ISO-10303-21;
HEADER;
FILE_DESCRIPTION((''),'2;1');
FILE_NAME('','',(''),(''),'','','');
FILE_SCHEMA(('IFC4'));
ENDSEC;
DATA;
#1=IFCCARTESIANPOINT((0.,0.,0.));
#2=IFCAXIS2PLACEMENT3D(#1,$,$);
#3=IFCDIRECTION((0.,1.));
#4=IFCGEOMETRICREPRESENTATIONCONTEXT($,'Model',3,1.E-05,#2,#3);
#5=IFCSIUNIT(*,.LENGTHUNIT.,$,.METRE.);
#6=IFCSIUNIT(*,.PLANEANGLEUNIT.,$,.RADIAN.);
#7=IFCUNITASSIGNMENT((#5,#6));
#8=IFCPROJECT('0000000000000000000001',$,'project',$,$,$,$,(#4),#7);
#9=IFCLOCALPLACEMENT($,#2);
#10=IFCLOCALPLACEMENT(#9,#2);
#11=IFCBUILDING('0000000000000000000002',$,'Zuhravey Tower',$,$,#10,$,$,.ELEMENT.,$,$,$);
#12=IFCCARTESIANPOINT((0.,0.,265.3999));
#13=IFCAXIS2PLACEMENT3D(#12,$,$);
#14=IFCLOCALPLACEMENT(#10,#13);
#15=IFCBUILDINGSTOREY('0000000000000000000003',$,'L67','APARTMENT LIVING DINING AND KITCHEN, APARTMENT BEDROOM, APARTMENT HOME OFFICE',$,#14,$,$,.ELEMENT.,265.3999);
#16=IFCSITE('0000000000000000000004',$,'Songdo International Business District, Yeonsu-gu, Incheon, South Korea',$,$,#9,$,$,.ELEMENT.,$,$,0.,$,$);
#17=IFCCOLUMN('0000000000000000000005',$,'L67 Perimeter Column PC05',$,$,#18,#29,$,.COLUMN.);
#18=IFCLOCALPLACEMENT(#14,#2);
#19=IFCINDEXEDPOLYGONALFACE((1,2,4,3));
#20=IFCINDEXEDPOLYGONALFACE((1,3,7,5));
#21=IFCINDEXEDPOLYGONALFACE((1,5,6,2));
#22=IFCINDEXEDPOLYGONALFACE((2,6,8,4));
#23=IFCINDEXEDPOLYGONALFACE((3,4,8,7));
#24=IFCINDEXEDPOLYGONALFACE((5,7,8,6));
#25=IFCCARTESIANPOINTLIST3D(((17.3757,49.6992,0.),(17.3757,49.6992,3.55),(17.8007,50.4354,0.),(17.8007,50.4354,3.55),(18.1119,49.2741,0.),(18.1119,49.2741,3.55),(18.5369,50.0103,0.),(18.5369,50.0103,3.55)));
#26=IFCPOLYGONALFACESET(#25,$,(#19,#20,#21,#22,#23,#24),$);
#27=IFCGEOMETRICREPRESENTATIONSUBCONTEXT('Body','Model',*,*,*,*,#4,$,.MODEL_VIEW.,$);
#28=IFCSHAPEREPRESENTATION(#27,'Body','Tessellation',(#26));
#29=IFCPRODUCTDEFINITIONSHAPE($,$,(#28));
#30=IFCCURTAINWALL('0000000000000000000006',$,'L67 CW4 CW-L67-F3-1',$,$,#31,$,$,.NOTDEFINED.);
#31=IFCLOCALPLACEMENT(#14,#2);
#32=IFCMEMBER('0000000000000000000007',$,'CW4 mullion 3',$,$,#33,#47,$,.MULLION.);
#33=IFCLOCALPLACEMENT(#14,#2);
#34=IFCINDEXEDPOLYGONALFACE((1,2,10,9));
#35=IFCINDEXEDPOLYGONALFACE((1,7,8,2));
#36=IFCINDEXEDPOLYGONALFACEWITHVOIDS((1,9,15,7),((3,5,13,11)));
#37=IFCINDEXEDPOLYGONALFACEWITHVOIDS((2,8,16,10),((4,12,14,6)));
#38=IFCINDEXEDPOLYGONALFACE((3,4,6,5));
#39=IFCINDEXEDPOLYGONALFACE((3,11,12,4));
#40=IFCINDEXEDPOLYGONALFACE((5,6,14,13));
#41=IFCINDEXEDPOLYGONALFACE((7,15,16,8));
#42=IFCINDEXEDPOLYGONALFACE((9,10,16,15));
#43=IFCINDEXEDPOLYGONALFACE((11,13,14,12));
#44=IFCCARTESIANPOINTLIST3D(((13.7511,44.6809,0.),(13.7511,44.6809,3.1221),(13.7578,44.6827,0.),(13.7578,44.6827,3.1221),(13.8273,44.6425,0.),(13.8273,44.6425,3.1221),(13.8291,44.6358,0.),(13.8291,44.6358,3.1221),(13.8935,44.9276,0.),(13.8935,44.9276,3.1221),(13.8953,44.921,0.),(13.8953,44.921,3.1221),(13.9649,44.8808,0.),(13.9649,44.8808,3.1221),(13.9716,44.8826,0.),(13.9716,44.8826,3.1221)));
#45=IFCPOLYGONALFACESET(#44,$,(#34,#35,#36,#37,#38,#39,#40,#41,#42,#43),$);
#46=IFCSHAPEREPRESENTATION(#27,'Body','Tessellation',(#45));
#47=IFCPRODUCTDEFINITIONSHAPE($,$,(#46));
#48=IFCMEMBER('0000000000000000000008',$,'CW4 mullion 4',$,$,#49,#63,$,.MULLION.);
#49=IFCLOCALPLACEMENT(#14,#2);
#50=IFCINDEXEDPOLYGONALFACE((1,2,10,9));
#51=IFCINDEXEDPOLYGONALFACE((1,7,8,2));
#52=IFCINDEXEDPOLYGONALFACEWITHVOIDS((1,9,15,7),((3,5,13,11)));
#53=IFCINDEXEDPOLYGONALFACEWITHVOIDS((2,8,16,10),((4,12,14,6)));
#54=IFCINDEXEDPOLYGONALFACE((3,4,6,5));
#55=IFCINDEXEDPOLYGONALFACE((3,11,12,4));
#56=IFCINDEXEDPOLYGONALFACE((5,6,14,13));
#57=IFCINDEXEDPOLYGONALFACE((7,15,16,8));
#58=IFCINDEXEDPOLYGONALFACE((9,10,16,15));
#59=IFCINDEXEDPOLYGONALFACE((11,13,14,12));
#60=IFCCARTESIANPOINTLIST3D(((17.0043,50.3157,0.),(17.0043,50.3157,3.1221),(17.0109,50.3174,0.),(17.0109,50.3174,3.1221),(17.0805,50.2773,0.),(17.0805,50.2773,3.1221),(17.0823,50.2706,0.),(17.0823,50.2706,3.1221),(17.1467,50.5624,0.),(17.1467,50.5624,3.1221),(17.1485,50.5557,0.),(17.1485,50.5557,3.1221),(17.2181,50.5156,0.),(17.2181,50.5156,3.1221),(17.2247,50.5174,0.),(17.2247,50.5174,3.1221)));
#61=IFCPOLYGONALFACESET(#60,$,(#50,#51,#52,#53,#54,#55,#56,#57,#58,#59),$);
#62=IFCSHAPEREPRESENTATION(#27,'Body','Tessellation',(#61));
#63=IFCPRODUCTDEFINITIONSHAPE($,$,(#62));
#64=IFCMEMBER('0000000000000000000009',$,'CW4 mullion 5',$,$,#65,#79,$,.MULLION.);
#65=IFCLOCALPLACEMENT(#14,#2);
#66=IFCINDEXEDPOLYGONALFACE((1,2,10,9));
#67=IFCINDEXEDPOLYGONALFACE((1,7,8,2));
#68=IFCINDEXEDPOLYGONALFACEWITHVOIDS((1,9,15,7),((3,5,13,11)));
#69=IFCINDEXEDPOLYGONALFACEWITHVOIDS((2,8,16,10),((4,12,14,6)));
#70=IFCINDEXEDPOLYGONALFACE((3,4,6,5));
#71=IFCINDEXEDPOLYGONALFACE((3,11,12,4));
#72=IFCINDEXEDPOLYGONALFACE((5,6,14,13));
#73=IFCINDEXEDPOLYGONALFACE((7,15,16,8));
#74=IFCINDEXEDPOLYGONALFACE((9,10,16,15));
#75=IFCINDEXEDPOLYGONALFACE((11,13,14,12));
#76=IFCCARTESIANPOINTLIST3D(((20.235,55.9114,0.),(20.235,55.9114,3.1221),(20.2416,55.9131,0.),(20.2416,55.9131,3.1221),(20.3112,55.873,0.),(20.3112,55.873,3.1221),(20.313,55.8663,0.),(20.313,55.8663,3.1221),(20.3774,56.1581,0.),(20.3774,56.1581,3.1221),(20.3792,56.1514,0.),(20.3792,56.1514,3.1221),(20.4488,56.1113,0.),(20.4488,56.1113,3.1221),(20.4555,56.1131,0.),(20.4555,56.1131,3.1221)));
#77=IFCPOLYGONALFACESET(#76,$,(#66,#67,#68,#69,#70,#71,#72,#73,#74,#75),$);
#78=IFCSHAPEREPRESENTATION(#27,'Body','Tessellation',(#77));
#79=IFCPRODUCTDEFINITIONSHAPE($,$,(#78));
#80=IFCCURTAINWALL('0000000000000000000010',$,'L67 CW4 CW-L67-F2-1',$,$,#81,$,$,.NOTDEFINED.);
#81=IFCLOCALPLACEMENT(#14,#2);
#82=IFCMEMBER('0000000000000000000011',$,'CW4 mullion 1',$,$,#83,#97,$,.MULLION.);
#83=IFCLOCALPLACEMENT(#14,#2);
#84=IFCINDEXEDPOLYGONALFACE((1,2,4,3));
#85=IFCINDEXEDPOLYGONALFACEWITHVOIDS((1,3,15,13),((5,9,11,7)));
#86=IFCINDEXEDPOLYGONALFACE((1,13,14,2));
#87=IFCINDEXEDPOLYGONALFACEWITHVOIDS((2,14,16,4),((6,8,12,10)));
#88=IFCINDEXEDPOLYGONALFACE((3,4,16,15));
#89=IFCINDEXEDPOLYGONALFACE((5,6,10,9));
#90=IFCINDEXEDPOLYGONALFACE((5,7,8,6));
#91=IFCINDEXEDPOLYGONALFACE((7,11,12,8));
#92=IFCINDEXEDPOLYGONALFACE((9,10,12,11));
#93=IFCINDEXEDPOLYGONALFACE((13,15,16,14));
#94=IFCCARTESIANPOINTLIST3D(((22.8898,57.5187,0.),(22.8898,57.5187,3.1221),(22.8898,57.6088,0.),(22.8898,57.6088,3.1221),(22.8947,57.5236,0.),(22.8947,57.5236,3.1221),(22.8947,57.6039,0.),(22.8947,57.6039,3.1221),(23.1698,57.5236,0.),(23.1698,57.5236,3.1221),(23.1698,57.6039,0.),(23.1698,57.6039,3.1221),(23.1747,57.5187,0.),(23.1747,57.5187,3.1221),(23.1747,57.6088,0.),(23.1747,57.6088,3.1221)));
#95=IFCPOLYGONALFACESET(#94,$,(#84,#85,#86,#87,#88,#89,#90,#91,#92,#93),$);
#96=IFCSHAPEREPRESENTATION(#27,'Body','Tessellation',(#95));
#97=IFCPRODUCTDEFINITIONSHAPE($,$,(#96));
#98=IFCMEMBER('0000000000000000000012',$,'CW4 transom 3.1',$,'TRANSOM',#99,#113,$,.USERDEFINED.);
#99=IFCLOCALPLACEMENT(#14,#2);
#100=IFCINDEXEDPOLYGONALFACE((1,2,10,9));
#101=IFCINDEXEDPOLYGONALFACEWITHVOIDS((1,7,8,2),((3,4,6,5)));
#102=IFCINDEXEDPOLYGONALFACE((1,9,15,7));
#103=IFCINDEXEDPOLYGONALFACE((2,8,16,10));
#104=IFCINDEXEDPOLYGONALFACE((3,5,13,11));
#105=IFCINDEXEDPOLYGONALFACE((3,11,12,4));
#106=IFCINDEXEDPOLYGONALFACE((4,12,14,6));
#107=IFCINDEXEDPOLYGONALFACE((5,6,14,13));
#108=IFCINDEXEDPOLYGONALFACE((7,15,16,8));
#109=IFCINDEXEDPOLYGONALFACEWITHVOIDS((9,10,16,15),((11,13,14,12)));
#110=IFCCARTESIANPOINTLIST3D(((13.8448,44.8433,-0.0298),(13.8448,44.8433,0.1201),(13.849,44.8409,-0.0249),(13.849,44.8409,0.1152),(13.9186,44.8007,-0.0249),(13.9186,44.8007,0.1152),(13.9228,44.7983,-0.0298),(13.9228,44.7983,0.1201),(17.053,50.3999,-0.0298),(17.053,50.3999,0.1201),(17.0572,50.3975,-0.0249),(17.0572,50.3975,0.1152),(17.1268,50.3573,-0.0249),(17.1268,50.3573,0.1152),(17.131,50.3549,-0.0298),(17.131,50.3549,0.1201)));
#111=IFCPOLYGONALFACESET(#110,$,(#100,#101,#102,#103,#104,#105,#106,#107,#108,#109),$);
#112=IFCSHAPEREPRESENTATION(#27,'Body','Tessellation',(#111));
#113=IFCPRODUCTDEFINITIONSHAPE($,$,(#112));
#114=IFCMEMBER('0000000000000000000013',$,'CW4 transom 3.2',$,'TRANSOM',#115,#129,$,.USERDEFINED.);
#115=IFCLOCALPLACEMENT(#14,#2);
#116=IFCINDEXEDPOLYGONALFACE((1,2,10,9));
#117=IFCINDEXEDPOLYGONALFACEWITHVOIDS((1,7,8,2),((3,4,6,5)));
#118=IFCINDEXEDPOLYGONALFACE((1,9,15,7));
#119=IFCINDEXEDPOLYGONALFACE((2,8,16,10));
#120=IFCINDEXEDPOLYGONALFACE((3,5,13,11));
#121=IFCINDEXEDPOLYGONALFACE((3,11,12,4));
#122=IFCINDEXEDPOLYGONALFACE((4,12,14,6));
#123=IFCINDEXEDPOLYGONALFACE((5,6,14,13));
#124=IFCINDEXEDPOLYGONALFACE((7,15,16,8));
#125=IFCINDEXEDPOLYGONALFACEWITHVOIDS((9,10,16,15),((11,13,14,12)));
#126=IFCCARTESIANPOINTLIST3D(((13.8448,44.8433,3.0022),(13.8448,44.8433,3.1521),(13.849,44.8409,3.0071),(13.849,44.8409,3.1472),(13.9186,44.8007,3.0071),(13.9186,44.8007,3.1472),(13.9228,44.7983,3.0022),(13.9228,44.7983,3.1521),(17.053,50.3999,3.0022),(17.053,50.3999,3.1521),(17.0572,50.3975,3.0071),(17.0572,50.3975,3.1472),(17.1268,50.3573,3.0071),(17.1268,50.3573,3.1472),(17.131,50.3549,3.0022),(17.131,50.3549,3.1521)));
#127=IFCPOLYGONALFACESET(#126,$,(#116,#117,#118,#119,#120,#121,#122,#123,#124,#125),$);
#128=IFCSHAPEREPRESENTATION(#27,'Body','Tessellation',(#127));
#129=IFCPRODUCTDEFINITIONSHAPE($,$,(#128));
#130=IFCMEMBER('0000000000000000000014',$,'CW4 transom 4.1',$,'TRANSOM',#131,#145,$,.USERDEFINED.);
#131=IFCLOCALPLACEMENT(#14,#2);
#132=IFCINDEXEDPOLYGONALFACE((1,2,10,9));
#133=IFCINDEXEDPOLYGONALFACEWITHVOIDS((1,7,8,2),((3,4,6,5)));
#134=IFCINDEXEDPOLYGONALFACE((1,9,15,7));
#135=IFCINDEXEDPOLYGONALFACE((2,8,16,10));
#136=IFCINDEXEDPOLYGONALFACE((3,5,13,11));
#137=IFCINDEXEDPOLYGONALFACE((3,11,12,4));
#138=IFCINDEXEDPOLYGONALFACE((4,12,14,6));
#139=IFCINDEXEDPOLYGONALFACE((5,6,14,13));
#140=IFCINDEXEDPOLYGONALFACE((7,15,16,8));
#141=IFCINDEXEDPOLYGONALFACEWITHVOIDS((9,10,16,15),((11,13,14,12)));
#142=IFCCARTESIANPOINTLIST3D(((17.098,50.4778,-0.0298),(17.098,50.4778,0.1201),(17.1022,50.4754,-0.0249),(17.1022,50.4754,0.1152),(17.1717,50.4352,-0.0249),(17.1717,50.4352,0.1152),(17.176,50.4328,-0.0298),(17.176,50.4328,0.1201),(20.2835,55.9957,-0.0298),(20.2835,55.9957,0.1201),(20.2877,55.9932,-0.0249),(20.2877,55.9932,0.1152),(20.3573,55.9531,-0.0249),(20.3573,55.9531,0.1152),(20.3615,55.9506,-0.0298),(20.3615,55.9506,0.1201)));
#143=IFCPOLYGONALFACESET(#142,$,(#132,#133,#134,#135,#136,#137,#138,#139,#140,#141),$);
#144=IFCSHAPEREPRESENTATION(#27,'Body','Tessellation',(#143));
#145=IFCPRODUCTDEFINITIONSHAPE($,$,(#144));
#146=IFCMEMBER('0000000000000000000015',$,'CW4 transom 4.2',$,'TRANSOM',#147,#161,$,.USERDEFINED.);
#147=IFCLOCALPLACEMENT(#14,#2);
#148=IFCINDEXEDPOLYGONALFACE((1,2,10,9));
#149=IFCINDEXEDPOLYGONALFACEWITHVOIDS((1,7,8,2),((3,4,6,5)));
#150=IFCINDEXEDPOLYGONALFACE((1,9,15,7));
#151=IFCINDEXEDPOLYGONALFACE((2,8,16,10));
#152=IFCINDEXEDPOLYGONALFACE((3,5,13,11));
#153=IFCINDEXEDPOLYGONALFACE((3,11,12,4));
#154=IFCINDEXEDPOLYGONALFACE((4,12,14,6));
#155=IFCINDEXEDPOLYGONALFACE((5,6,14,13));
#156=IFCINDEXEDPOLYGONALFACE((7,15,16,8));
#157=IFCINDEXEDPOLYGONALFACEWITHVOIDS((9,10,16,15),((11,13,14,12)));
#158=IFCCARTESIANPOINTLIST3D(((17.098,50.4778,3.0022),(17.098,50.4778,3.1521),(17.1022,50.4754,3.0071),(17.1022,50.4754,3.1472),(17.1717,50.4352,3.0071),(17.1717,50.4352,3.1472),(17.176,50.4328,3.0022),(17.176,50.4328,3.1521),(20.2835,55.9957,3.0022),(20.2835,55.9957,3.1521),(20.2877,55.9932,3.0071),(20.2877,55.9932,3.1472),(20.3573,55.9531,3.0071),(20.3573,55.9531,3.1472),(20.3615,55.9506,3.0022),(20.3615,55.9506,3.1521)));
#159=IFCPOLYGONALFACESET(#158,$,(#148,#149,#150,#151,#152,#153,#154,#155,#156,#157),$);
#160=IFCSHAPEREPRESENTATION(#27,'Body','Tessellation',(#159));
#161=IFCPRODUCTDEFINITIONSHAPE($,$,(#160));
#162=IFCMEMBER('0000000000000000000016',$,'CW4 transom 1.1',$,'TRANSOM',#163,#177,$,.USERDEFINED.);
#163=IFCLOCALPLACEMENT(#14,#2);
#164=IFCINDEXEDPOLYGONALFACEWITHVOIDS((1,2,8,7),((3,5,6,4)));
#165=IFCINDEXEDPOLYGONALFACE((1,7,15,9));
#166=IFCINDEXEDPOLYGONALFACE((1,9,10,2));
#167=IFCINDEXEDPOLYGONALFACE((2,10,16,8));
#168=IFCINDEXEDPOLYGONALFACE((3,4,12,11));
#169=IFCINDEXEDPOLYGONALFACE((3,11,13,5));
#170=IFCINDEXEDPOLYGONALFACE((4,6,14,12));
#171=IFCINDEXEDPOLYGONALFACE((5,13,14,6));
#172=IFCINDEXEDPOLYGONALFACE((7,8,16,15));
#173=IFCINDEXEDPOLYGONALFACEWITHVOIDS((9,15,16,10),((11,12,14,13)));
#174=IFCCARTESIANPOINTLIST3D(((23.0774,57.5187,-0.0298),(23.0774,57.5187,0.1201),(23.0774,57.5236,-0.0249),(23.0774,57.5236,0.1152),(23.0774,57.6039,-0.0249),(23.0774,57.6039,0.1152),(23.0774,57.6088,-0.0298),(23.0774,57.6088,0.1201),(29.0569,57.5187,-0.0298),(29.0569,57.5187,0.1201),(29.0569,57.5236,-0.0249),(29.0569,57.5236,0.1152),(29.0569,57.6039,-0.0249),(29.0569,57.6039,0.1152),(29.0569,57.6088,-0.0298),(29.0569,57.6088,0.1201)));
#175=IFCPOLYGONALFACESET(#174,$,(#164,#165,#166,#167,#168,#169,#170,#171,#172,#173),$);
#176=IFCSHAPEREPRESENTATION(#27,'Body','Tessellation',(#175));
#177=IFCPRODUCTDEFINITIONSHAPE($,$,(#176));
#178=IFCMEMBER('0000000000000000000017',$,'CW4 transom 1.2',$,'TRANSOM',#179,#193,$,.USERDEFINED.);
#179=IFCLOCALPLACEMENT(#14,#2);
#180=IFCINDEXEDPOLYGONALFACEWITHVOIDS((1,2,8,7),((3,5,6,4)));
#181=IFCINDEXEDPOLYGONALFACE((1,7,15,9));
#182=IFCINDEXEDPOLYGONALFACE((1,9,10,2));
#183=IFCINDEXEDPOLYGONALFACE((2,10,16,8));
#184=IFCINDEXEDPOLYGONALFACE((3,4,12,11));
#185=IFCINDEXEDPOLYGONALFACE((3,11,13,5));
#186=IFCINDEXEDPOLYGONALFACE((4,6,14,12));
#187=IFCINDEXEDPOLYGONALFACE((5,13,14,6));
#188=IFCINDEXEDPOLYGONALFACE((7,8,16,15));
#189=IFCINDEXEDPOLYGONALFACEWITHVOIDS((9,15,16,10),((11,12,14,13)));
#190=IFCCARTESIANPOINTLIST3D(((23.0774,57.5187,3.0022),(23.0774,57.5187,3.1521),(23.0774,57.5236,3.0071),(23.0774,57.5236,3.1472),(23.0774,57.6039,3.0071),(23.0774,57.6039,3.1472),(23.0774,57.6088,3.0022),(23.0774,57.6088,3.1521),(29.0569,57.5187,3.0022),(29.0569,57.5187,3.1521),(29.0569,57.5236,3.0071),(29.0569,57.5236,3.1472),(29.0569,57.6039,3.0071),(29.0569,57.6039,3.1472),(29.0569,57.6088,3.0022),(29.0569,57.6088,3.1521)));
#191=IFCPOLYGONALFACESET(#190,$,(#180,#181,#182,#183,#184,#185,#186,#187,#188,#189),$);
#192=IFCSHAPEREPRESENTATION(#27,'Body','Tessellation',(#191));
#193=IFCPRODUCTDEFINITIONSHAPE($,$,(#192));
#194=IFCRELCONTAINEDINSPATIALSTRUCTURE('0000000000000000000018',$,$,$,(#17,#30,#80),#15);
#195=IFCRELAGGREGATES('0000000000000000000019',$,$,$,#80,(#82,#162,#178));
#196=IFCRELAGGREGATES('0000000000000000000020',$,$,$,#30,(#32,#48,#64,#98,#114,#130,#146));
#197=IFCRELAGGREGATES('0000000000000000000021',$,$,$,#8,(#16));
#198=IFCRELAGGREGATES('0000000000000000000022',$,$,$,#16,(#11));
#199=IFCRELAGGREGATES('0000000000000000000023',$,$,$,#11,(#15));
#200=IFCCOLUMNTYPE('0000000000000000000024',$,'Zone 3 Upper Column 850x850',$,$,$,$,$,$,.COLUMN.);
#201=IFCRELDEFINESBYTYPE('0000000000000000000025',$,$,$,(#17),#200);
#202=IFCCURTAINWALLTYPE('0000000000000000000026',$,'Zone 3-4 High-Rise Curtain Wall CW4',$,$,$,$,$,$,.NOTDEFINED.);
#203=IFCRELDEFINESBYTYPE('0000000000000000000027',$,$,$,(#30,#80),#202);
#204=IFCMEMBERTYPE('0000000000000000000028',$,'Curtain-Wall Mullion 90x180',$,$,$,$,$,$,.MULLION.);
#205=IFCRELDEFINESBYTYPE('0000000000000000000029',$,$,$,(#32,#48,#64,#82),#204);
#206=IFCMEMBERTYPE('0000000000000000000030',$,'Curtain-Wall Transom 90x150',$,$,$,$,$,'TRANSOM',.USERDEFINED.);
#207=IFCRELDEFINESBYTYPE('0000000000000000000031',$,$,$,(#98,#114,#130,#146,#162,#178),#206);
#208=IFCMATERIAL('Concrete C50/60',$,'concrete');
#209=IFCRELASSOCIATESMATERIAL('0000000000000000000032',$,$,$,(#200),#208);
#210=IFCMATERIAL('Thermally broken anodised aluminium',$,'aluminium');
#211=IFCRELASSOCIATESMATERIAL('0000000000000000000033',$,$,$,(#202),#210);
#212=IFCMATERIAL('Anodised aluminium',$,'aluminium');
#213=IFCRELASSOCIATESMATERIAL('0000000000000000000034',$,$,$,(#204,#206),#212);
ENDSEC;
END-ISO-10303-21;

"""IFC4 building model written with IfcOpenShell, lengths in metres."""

from ifc_helpers import new_model, si_unit, direction, frame, origin, origin_2d, place, context, subcontext, project, spatial, rectangle, hollow_rectangle, extrude, material, material_profile, profile_set, type_object, element, aggregate, save


model = new_model("IFC4")

# Units and contexts
model_context = context("Model", 3, precision=1e-05, world=origin(), true_north=direction((0.0, 1.0)))
body_context = subcontext(model_context, "Body", "Model", "MODEL_VIEW")
ifc_project = project(units=[si_unit("LENGTHUNIT", "METRE"), si_unit("PLANEANGLEUNIT", "RADIAN")], contexts=[model_context])

# Site, building, storey
site_placement = place(None, origin())
site = spatial("IfcSite", under=ifc_project, at=site_placement, Name="Songdo International Business District, Yeonsu-gu, Incheon, South Korea", CompositionType="ELEMENT", RefElevation=0.0)
building_placement = place(site_placement, origin())
building = spatial("IfcBuilding", under=site, at=building_placement, Name="Zuhravey Tower", CompositionType="ELEMENT")
storey_placement = place(building_placement, frame((0.0, 0.0, 265.3999)))
storey = spatial("IfcBuildingStorey", under=building, at=storey_placement, Name="L67", Description="APARTMENT LIVING DINING AND KITCHEN, APARTMENT BEDROOM, APARTMENT HOME OFFICE", CompositionType="ELEMENT", Elevation=265.3999)

# Column
ifc_material_1 = material(Name="Concrete C50/60", Category="concrete")
ifc_material_profile_1 = material_profile(ifc_material_1, rectangle(XDim=0.8501, YDim=0.8501, at=origin_2d()), Name="RC-850x850")
ifc_profile_set_1 = profile_set([ifc_material_profile_1], Name="Concrete C50/60")
column_type = type_object("IfcColumnType", Name="Zone 3 Upper Column 850x850", PredefinedType="COLUMN", material=ifc_profile_set_1)
column_placement = place(storey_placement, frame((17.9563, 49.8547, 0.0), z_axis=(0.0, 0.0, 1.0), x_axis=(-0.5, -0.866025, 0.0)))
element("IfcColumn", 1, at=column_placement, inside=storey, type_object=column_type, Name="L67 Perimeter Column PC05", PredefinedType="COLUMN", context=body_context, shape_type="SweptSolid", body=[
    extrude(rectangle(XDim=0.8501, YDim=0.8501, at=origin_2d()), origin(), (0.0, 0.0, 1.0), 3.55),
])

# Curtain wall, members
ifc_material_2 = material(Name="Thermally broken anodised aluminium", Category="aluminium")
curtain_wall_type = type_object("IfcCurtainWallType", Name="Zone 3-4 High-Rise Curtain Wall CW4", PredefinedType="NOTDEFINED", material=ifc_material_2)
curtain_wall_1_placement = place(storey_placement, origin())
curtain_wall_1 = element("IfcCurtainWall", 2, at=curtain_wall_1_placement, inside=storey, type_object=curtain_wall_type, Name="L67 CW4 CW-L67-F3-1", PredefinedType="NOTDEFINED")
ifc_material_3 = material(Name="Anodised aluminium", Category="aluminium")
ifc_material_profile_2 = material_profile(ifc_material_3, hollow_rectangle(XDim=0.0901, YDim=0.2849, WallThickness=0.0049, at=origin_2d()), Name="ALU-RHS-90x285x5")
ifc_profile_set_2 = profile_set([ifc_material_profile_2], Name="Anodised aluminium")
member_type_1 = type_object("IfcMemberType", Name="Curtain-Wall Mullion 90x180", PredefinedType="MULLION", material=ifc_profile_set_2)
member_1_placement = place(storey_placement, frame((13.8613, 44.7817, 0.0), z_axis=(0.0, 0.0, 1.0), x_axis=(-0.866025, 0.500001, 0.0)))
member_1 = element("IfcMember", 3, at=member_1_placement, type_object=member_type_1, Name="CW4 mullion 3", PredefinedType="MULLION", context=body_context, shape_type="SweptSolid", body=[
    extrude(hollow_rectangle(XDim=0.0901, YDim=0.2849, WallThickness=0.0049, at=origin_2d()), origin(), (0.0, 0.0, 1.0), 3.1221),
])
member_2_placement = place(storey_placement, frame((17.1145, 50.4165, 0.0), z_axis=(0.0, 0.0, 1.0), x_axis=(-0.866025, 0.500001, 0.0)))
member_2 = element("IfcMember", 4, at=member_2_placement, type_object=member_type_1, Name="CW4 mullion 4", PredefinedType="MULLION", context=body_context, shape_type="SweptSolid", body=[
    extrude(hollow_rectangle(XDim=0.0901, YDim=0.2849, WallThickness=0.0049, at=origin_2d()), origin(), (0.0, 0.0, 1.0), 3.1221),
])
member_3_placement = place(storey_placement, frame((20.3452, 56.0122, 0.0), z_axis=(0.0, 0.0, 1.0), x_axis=(-0.866025, 0.500001, 0.0)))
member_3 = element("IfcMember", 5, at=member_3_placement, type_object=member_type_1, Name="CW4 mullion 5", PredefinedType="MULLION", context=body_context, shape_type="SweptSolid", body=[
    extrude(hollow_rectangle(XDim=0.0901, YDim=0.2849, WallThickness=0.0049, at=origin_2d()), origin(), (0.0, 0.0, 1.0), 3.1221),
])

# Curtain wall, member
curtain_wall_2_placement = place(storey_placement, origin())
curtain_wall_2 = element("IfcCurtainWall", 6, at=curtain_wall_2_placement, inside=storey, type_object=curtain_wall_type, Name="L67 CW4 CW-L67-F2-1", PredefinedType="NOTDEFINED")
member_4_placement = place(storey_placement, frame((23.0322, 57.5637, 0.0), z_axis=(0.0, 0.0, 1.0), x_axis=(0.0, 1.0, 0.0)))
member_4 = element("IfcMember", 7, at=member_4_placement, type_object=member_type_1, Name="CW4 mullion 1", PredefinedType="MULLION", context=body_context, shape_type="SweptSolid", body=[
    extrude(hollow_rectangle(XDim=0.0901, YDim=0.2849, WallThickness=0.0049, at=origin_2d()), origin(), (0.0, 0.0, 1.0), 3.1221),
])

# Members
ifc_material_profile_3 = material_profile(ifc_material_3, hollow_rectangle(XDim=0.0901, YDim=0.1499, WallThickness=0.0049, at=origin_2d()), Name="ALU-RHS-90x150x5")
ifc_profile_set_3 = profile_set([ifc_material_profile_3], Name="Anodised aluminium")
member_type_2 = type_object("IfcMemberType", Name="Curtain-Wall Transom 90x150", ElementType="TRANSOM", PredefinedType="USERDEFINED", material=ifc_profile_set_3)
member_5_placement = place(storey_placement, frame((13.8838, 44.8208, 0.0452), z_axis=(0.500014, 0.866017, 0.0), x_axis=(-0.866017, 0.500014, 0.0)))
member_5 = element("IfcMember", 8, at=member_5_placement, type_object=member_type_2, Name="CW4 transom 3.1", ObjectType="TRANSOM", PredefinedType="USERDEFINED", context=body_context, shape_type="SweptSolid", body=[
    extrude(hollow_rectangle(XDim=0.0901, YDim=0.1499, WallThickness=0.0049, at=origin_2d()), origin(), (0.0, 0.0, 1.0), 6.4163),
])
member_6_placement = place(storey_placement, frame((13.8838, 44.8208, 3.0771), z_axis=(0.500014, 0.866017, 0.0), x_axis=(-0.866017, 0.500014, 0.0)))
member_6 = element("IfcMember", 9, at=member_6_placement, type_object=member_type_2, Name="CW4 transom 3.2", ObjectType="TRANSOM", PredefinedType="USERDEFINED", context=body_context, shape_type="SweptSolid", body=[
    extrude(hollow_rectangle(XDim=0.0901, YDim=0.1499, WallThickness=0.0049, at=origin_2d()), origin(), (0.0, 0.0, 1.0), 6.4163),
])
member_7_placement = place(storey_placement, frame((17.137, 50.4553, 0.0452), z_axis=(0.49998, 0.866037, 0.0), x_axis=(-0.866037, 0.49998, 0.0)))
member_7 = element("IfcMember", 10, at=member_7_placement, type_object=member_type_2, Name="CW4 transom 4.1", ObjectType="TRANSOM", PredefinedType="USERDEFINED", context=body_context, shape_type="SweptSolid", body=[
    extrude(hollow_rectangle(XDim=0.0901, YDim=0.1499, WallThickness=0.0049, at=origin_2d()), origin(), (0.0, 0.0, 1.0), 6.3713),
])
member_8_placement = place(storey_placement, frame((17.137, 50.4553, 3.0771), z_axis=(0.49998, 0.866037, 0.0), x_axis=(-0.866037, 0.49998, 0.0)))
member_8 = element("IfcMember", 11, at=member_8_placement, type_object=member_type_2, Name="CW4 transom 4.2", ObjectType="TRANSOM", PredefinedType="USERDEFINED", context=body_context, shape_type="SweptSolid", body=[
    extrude(hollow_rectangle(XDim=0.0901, YDim=0.1499, WallThickness=0.0049, at=origin_2d()), origin(), (0.0, 0.0, 1.0), 6.3713),
])
member_9_placement = place(storey_placement, frame((23.0774, 57.5637, 0.0452), z_axis=(1.0, 0.0, 0.0), x_axis=(0.0, 1.0, 0.0)))
member_9 = element("IfcMember", 12, at=member_9_placement, type_object=member_type_2, Name="CW4 transom 1.1", ObjectType="TRANSOM", PredefinedType="USERDEFINED", context=body_context, shape_type="SweptSolid", body=[
    extrude(hollow_rectangle(XDim=0.0901, YDim=0.1499, WallThickness=0.0049, at=origin_2d()), origin(), (0.0, 0.0, 1.0), 5.9795),
])
member_10_placement = place(storey_placement, frame((23.0774, 57.5637, 3.0771), z_axis=(1.0, 0.0, 0.0), x_axis=(0.0, 1.0, 0.0)))
member_10 = element("IfcMember", 13, at=member_10_placement, type_object=member_type_2, Name="CW4 transom 1.2", ObjectType="TRANSOM", PredefinedType="USERDEFINED", context=body_context, shape_type="SweptSolid", body=[
    extrude(hollow_rectangle(XDim=0.0901, YDim=0.1499, WallThickness=0.0049, at=origin_2d()), origin(), (0.0, 0.0, 1.0), 5.9795),
])
aggregate(curtain_wall_2, [member_4, member_9, member_10])

aggregate(curtain_wall_1, [member_1, member_2, member_3, member_5, member_6, member_7, member_8])

save(model, "model.ifc")
